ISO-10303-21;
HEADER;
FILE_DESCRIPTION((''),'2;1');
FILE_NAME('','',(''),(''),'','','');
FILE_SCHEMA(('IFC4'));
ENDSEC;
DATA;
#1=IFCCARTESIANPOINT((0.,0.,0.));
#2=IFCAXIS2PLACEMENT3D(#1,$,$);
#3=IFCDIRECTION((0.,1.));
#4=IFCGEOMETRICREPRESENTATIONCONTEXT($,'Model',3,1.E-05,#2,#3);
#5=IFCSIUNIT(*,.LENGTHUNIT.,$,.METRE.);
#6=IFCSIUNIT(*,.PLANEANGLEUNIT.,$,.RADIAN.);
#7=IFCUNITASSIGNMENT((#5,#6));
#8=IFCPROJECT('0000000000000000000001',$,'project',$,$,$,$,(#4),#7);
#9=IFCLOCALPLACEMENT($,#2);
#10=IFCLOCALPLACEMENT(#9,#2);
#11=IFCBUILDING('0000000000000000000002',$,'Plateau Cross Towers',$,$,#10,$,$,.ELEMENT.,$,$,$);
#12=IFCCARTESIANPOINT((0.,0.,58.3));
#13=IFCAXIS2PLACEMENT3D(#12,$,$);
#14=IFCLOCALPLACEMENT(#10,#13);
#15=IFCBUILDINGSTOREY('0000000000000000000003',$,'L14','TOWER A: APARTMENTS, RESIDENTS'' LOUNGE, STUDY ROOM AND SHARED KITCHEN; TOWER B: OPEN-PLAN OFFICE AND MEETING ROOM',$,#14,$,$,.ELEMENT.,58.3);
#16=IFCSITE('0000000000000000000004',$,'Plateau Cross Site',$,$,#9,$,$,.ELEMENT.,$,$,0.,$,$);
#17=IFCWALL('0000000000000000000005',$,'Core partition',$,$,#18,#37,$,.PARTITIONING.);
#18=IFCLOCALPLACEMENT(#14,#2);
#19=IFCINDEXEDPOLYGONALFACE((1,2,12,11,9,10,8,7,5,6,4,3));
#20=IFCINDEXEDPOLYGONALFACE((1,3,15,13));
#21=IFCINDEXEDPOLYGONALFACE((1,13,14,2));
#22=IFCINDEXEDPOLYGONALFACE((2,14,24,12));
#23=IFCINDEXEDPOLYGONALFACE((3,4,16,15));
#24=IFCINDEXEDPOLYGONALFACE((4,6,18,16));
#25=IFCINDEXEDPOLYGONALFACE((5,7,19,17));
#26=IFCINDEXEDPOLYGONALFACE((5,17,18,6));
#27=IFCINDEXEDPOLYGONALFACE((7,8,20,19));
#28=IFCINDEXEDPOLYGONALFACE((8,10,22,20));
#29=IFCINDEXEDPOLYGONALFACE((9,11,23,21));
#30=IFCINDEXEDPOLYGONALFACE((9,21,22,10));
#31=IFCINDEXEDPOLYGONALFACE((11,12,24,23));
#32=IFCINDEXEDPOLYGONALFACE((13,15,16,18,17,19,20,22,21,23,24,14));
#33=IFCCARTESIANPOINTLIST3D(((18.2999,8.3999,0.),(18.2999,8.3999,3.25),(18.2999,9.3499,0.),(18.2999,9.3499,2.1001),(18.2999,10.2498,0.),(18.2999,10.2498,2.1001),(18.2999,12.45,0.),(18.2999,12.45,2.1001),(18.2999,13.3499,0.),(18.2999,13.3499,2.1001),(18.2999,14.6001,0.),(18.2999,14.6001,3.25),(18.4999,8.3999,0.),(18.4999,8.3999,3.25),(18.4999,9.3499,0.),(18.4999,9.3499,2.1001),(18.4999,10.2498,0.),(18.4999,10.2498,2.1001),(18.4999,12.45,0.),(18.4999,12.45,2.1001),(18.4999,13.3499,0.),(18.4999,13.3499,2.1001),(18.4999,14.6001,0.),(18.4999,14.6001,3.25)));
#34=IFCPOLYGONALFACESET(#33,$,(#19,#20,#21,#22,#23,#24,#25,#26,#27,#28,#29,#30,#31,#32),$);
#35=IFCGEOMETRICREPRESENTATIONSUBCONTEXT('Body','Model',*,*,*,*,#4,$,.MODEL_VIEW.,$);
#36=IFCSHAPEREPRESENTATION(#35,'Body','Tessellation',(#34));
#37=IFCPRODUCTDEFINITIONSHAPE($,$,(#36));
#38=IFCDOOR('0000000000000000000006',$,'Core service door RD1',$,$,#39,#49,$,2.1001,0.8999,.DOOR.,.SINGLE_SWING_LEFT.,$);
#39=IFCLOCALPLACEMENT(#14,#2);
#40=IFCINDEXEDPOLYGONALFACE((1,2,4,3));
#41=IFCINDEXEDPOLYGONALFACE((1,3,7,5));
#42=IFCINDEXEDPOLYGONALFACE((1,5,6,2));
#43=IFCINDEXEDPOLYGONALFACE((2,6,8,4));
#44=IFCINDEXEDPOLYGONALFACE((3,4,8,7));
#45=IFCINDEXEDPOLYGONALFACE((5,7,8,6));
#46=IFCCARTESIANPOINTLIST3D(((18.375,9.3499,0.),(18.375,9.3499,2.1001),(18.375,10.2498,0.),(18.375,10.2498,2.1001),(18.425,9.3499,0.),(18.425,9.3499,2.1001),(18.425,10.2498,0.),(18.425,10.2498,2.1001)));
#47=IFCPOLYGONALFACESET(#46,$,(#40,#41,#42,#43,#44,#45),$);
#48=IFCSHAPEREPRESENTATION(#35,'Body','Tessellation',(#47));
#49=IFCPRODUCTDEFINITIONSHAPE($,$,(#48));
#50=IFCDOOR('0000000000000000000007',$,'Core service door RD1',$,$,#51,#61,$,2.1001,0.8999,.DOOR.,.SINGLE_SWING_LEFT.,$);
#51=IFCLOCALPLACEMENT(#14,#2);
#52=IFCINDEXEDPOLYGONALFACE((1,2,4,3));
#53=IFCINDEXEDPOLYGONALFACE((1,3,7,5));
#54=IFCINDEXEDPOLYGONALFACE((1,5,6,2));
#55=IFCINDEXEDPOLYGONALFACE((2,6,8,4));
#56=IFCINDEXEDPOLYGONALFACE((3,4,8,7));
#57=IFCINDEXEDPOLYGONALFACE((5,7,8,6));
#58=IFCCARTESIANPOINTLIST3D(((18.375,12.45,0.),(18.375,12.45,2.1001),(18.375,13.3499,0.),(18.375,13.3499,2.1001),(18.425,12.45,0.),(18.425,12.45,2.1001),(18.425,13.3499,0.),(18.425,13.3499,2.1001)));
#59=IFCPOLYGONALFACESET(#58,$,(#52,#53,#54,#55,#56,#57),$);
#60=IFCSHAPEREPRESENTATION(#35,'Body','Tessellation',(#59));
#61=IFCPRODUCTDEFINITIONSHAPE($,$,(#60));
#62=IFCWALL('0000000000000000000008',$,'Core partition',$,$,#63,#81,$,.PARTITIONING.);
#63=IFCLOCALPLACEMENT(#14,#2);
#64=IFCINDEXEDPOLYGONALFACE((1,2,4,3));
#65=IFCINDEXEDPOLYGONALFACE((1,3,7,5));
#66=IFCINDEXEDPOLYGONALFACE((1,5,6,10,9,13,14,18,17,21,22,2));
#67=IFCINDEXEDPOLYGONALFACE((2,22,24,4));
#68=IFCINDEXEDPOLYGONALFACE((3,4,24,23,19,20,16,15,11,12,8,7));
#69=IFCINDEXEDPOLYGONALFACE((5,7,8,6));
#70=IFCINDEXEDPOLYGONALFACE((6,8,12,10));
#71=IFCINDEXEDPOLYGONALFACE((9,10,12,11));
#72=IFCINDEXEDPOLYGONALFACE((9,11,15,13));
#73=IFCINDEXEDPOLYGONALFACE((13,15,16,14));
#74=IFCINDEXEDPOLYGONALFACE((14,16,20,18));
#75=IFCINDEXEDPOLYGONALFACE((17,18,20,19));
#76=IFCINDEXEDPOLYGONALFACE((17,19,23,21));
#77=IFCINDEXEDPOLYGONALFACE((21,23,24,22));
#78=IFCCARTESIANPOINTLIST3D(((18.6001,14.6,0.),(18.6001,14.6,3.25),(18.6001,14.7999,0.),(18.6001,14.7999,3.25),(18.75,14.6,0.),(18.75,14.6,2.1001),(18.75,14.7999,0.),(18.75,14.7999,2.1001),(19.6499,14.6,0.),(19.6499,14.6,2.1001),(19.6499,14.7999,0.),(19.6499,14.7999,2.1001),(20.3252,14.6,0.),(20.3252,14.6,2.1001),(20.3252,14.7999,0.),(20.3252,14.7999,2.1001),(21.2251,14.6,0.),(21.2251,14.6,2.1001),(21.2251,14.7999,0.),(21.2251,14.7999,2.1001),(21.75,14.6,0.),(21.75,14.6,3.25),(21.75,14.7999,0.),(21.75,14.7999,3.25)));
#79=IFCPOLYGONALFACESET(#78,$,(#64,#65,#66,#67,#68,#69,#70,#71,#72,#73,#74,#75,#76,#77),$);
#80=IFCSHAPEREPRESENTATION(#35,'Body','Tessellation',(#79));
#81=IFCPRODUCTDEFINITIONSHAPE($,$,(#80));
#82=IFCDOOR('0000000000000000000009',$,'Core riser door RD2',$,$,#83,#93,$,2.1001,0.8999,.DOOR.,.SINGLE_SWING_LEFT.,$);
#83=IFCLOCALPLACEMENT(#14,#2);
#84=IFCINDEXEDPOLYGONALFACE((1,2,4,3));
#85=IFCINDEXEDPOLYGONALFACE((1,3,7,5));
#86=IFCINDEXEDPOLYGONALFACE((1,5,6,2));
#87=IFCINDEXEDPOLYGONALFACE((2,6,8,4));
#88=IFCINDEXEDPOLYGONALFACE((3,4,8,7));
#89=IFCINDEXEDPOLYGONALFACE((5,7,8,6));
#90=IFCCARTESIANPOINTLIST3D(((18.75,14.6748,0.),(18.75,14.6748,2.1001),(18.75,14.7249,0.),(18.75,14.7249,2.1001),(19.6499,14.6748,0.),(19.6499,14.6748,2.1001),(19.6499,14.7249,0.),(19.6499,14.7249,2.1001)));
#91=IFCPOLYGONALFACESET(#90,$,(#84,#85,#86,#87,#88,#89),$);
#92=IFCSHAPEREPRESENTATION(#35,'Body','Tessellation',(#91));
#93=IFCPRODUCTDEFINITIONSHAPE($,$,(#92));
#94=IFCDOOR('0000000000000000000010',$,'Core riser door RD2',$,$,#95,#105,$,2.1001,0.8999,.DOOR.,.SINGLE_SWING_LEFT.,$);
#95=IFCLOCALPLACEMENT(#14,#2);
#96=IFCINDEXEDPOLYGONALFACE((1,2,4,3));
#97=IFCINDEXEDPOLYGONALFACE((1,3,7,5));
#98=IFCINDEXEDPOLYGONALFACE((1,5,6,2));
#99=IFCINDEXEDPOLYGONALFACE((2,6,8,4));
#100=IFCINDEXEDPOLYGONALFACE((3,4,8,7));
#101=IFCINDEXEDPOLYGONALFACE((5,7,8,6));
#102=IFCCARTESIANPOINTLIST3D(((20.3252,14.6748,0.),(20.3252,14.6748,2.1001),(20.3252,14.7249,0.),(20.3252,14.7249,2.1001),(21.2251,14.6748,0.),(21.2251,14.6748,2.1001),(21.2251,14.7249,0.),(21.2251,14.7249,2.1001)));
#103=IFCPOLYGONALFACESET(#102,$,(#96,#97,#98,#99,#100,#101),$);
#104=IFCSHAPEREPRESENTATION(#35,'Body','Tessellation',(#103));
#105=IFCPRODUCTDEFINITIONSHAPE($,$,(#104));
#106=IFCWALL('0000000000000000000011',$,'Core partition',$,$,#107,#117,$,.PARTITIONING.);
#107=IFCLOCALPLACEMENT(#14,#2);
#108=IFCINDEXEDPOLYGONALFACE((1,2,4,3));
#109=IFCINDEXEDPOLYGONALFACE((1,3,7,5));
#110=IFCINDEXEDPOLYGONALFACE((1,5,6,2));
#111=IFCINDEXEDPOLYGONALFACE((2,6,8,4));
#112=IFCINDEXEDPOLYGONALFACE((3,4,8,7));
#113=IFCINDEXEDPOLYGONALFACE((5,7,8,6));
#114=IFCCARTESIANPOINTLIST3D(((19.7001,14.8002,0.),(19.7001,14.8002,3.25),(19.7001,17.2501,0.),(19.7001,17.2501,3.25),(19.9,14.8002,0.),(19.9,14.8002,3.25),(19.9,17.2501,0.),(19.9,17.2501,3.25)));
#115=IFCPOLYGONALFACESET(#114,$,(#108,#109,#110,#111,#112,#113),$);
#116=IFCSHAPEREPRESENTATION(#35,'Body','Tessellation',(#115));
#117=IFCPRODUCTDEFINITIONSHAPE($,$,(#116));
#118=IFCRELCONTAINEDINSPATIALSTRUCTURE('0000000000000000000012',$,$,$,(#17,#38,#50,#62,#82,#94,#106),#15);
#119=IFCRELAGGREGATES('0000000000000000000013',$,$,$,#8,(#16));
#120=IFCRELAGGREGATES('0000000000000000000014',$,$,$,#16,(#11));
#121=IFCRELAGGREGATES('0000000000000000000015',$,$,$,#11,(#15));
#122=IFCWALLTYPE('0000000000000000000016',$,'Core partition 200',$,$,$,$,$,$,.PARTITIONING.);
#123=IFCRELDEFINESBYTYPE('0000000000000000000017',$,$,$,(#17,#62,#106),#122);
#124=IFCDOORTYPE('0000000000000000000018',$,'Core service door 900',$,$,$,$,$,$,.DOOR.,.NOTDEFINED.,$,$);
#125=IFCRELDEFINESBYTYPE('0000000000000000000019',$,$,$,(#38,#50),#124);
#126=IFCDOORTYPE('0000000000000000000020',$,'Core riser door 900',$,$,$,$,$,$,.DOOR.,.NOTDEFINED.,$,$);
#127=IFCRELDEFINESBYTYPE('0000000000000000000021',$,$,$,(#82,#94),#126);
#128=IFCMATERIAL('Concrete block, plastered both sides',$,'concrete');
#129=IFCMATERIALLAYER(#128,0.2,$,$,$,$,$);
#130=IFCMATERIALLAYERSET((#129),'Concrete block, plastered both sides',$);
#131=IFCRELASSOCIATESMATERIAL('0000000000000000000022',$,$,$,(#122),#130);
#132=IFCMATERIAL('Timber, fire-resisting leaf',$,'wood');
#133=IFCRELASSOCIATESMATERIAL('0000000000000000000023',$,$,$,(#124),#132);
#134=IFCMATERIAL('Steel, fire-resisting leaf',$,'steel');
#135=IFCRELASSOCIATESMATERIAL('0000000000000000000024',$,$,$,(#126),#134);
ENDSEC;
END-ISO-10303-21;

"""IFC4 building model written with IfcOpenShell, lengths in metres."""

from ifc_helpers import new_model, si_unit, direction, frame, frame_2d, origin, place, context, subcontext, project, spatial, rectangle, extrude, material, layer, layer_set, type_object, element, fill, save


model = new_model("IFC4")

# Units and contexts
model_context = context("Model", 3, precision=1e-05, world=origin(), true_north=direction((0.0, 1.0)))
body_context = subcontext(model_context, "Body", "Model", "MODEL_VIEW")
ifc_project = project(units=[si_unit("LENGTHUNIT", "METRE"), si_unit("PLANEANGLEUNIT", "RADIAN")], contexts=[model_context])

# Site, building, storey
site_placement = place(None, origin())
site = spatial("IfcSite", under=ifc_project, at=site_placement, Name="Plateau Cross Site", CompositionType="ELEMENT", RefElevation=0.0)
building_placement = place(site_placement, origin())
building = spatial("IfcBuilding", under=site, at=building_placement, Name="Plateau Cross Towers", CompositionType="ELEMENT")
storey_placement = place(building_placement, frame((0.0, 0.0, 58.3)))
storey = spatial("IfcBuildingStorey", under=building, at=storey_placement, Name="L14", Description="TOWER A: APARTMENTS, RESIDENTS' LOUNGE, STUDY ROOM AND SHARED KITCHEN; TOWER B: OPEN-PLAN OFFICE AND MEETING ROOM", CompositionType="ELEMENT", Elevation=58.3)

# Walls, openings, doors
ifc_material_1 = material(Name="Concrete block, plastered both sides", Category="concrete")
ifc_layer_1 = layer(ifc_material_1, 0.2)
ifc_layer_set_1 = layer_set([ifc_layer_1], Name="Concrete block, plastered both sides")
wall_type_1 = type_object("IfcWallType", Name="Core partition 200", PredefinedType="PARTITIONING", material=ifc_layer_set_1)
wall_1_placement = place(storey_placement, frame((18.3999, 8.3999, 0.0), z_axis=(0.0, 0.0, 1.0), x_axis=(0.0, 1.0, 0.0)))
wall_1 = element("IfcWall", 1, at=wall_1_placement, inside=storey, type_object=wall_type_1, Name="Core partition", PredefinedType="PARTITIONING", context=body_context, shape_type="SweptSolid", body=[
    extrude(rectangle(XDim=6.2002, YDim=0.2, at=frame_2d((3.1001, 0.0))), origin(), (0.0, 0.0, 1.0), 3.25),
])
opening_1_placement = place(wall_1_placement, frame((0.95, 0.0, 0.0)))
opening_1 = element("IfcOpeningElement", 2, at=opening_1_placement, cuts=wall_1, PredefinedType="OPENING", context=body_context, shape_type="SweptSolid", body=[
    extrude(rectangle(XDim=0.8999, YDim=2.1001, at=frame_2d((0.45, 1.05))), frame((0.0, 0.1099, 0.0), z_axis=(0.0, -1.0, 0.0), x_axis=(1.0, 0.0, 0.0)), (0.0, 0.0, 1.0), 0.22),
])
opening_2_placement = place(wall_1_placement, frame((4.05, 0.0, 0.0)))
opening_2 = element("IfcOpeningElement", 3, at=opening_2_placement, cuts=wall_1, PredefinedType="OPENING", context=body_context, shape_type="SweptSolid", body=[
    extrude(rectangle(XDim=0.8999, YDim=2.1001, at=frame_2d((0.45, 1.05))), frame((0.0, 0.1099, 0.0), z_axis=(0.0, -1.0, 0.0), x_axis=(1.0, 0.0, 0.0)), (0.0, 0.0, 1.0), 0.22),
])
ifc_material_2 = material(Name="Timber, fire-resisting leaf", Category="wood")
door_type_1 = type_object("IfcDoorType", Name="Core service door 900", OperationType="NOTDEFINED", PredefinedType="DOOR", material=ifc_material_2)
door_1_placement = place(opening_1_placement, origin())
door_1 = element("IfcDoor", 4, at=door_1_placement, inside=storey, type_object=door_type_1, Name="Core service door RD1", OperationType="SINGLE_SWING_LEFT", OverallHeight=2.1001, OverallWidth=0.8999, PredefinedType="DOOR", context=body_context, shape_type="SweptSolid", body=[
    extrude(rectangle(XDim=0.8999, YDim=2.1001, at=frame_2d((0.45, 1.05))), frame((0.0, 0.0249, 0.0), z_axis=(0.0, -1.0, 0.0), x_axis=(1.0, 0.0, 0.0)), (0.0, 0.0, 1.0), 0.05),
])
fill(opening_1, door_1)
door_2_placement = place(opening_2_placement, origin())
door_2 = element("IfcDoor", 5, at=door_2_placement, inside=storey, type_object=door_type_1, Name="Core service door RD1", OperationType="SINGLE_SWING_LEFT", OverallHeight=2.1001, OverallWidth=0.8999, PredefinedType="DOOR", context=body_context, shape_type="SweptSolid", body=[
    extrude(rectangle(XDim=0.8999, YDim=2.1001, at=frame_2d((0.45, 1.05))), frame((0.0, 0.0249, 0.0), z_axis=(0.0, -1.0, 0.0), x_axis=(1.0, 0.0, 0.0)), (0.0, 0.0, 1.0), 0.05),
])
fill(opening_2, door_2)
wall_2_placement = place(storey_placement, frame((18.6001, 14.7, 0.0), z_axis=(0.0, 0.0, 1.0), x_axis=(1.0, 0.0, 0.0)))
wall_2 = element("IfcWall", 6, at=wall_2_placement, inside=storey, type_object=wall_type_1, Name="Core partition", PredefinedType="PARTITIONING", context=body_context, shape_type="SweptSolid", body=[
    extrude(rectangle(XDim=3.1499, YDim=0.2, at=frame_2d((1.575, 0.0))), origin(), (0.0, 0.0, 1.0), 3.25),
])
opening_3_placement = place(wall_2_placement, frame((0.1499, 0.0, 0.0)))
opening_3 = element("IfcOpeningElement", 7, at=opening_3_placement, cuts=wall_2, PredefinedType="OPENING", context=body_context, shape_type="SweptSolid", body=[
    extrude(rectangle(XDim=0.8999, YDim=2.1001, at=frame_2d((0.45, 1.05))), frame((0.0, 0.1099, 0.0), z_axis=(0.0, -1.0, 0.0), x_axis=(1.0, 0.0, 0.0)), (0.0, 0.0, 1.0), 0.22),
])
opening_4_placement = place(wall_2_placement, frame((1.7251, 0.0, 0.0)))
opening_4 = element("IfcOpeningElement", 8, at=opening_4_placement, cuts=wall_2, PredefinedType="OPENING", context=body_context, shape_type="SweptSolid", body=[
    extrude(rectangle(XDim=0.8999, YDim=2.1001, at=frame_2d((0.45, 1.05))), frame((0.0, 0.1099, 0.0), z_axis=(0.0, -1.0, 0.0), x_axis=(1.0, 0.0, 0.0)), (0.0, 0.0, 1.0), 0.22),
])
ifc_material_3 = material(Name="Steel, fire-resisting leaf", Category="steel")
door_type_2 = type_object("IfcDoorType", Name="Core riser door 900", OperationType="NOTDEFINED", PredefinedType="DOOR", material=ifc_material_3)
door_3_placement = place(opening_3_placement, origin())
door_3 = element("IfcDoor", 9, at=door_3_placement, inside=storey, type_object=door_type_2, Name="Core riser door RD2", OperationType="SINGLE_SWING_LEFT", OverallHeight=2.1001, OverallWidth=0.8999, PredefinedType="DOOR", context=body_context, shape_type="SweptSolid", body=[
    extrude(rectangle(XDim=0.8999, YDim=2.1001, at=frame_2d((0.45, 1.05))), frame((0.0, 0.0249, 0.0), z_axis=(0.0, -1.0, 0.0), x_axis=(1.0, 0.0, 0.0)), (0.0, 0.0, 1.0), 0.05),
])
fill(opening_3, door_3)
door_4_placement = place(opening_4_placement, origin())
door_4 = element("IfcDoor", 10, at=door_4_placement, inside=storey, type_object=door_type_2, Name="Core riser door RD2", OperationType="SINGLE_SWING_LEFT", OverallHeight=2.1001, OverallWidth=0.8999, PredefinedType="DOOR", context=body_context, shape_type="SweptSolid", body=[
    extrude(rectangle(XDim=0.8999, YDim=2.1001, at=frame_2d((0.45, 1.05))), frame((0.0, 0.0249, 0.0), z_axis=(0.0, -1.0, 0.0), x_axis=(1.0, 0.0, 0.0)), (0.0, 0.0, 1.0), 0.05),
])
fill(opening_4, door_4)

# Wall
wall_3_placement = place(storey_placement, frame((19.8, 14.8, 0.0), z_axis=(0.0, 0.0, 1.0), x_axis=(0.0, 1.0, 0.0)))
element("IfcWall", 11, at=wall_3_placement, inside=storey, type_object=wall_type_1, Name="Core partition", PredefinedType="PARTITIONING", context=body_context, shape_type="SweptSolid", body=[
    extrude(rectangle(XDim=2.45, YDim=0.2, at=frame_2d((1.2251, 0.0))), origin(), (0.0, 0.0, 1.0), 3.25),
])

save(model, "model.ifc")
